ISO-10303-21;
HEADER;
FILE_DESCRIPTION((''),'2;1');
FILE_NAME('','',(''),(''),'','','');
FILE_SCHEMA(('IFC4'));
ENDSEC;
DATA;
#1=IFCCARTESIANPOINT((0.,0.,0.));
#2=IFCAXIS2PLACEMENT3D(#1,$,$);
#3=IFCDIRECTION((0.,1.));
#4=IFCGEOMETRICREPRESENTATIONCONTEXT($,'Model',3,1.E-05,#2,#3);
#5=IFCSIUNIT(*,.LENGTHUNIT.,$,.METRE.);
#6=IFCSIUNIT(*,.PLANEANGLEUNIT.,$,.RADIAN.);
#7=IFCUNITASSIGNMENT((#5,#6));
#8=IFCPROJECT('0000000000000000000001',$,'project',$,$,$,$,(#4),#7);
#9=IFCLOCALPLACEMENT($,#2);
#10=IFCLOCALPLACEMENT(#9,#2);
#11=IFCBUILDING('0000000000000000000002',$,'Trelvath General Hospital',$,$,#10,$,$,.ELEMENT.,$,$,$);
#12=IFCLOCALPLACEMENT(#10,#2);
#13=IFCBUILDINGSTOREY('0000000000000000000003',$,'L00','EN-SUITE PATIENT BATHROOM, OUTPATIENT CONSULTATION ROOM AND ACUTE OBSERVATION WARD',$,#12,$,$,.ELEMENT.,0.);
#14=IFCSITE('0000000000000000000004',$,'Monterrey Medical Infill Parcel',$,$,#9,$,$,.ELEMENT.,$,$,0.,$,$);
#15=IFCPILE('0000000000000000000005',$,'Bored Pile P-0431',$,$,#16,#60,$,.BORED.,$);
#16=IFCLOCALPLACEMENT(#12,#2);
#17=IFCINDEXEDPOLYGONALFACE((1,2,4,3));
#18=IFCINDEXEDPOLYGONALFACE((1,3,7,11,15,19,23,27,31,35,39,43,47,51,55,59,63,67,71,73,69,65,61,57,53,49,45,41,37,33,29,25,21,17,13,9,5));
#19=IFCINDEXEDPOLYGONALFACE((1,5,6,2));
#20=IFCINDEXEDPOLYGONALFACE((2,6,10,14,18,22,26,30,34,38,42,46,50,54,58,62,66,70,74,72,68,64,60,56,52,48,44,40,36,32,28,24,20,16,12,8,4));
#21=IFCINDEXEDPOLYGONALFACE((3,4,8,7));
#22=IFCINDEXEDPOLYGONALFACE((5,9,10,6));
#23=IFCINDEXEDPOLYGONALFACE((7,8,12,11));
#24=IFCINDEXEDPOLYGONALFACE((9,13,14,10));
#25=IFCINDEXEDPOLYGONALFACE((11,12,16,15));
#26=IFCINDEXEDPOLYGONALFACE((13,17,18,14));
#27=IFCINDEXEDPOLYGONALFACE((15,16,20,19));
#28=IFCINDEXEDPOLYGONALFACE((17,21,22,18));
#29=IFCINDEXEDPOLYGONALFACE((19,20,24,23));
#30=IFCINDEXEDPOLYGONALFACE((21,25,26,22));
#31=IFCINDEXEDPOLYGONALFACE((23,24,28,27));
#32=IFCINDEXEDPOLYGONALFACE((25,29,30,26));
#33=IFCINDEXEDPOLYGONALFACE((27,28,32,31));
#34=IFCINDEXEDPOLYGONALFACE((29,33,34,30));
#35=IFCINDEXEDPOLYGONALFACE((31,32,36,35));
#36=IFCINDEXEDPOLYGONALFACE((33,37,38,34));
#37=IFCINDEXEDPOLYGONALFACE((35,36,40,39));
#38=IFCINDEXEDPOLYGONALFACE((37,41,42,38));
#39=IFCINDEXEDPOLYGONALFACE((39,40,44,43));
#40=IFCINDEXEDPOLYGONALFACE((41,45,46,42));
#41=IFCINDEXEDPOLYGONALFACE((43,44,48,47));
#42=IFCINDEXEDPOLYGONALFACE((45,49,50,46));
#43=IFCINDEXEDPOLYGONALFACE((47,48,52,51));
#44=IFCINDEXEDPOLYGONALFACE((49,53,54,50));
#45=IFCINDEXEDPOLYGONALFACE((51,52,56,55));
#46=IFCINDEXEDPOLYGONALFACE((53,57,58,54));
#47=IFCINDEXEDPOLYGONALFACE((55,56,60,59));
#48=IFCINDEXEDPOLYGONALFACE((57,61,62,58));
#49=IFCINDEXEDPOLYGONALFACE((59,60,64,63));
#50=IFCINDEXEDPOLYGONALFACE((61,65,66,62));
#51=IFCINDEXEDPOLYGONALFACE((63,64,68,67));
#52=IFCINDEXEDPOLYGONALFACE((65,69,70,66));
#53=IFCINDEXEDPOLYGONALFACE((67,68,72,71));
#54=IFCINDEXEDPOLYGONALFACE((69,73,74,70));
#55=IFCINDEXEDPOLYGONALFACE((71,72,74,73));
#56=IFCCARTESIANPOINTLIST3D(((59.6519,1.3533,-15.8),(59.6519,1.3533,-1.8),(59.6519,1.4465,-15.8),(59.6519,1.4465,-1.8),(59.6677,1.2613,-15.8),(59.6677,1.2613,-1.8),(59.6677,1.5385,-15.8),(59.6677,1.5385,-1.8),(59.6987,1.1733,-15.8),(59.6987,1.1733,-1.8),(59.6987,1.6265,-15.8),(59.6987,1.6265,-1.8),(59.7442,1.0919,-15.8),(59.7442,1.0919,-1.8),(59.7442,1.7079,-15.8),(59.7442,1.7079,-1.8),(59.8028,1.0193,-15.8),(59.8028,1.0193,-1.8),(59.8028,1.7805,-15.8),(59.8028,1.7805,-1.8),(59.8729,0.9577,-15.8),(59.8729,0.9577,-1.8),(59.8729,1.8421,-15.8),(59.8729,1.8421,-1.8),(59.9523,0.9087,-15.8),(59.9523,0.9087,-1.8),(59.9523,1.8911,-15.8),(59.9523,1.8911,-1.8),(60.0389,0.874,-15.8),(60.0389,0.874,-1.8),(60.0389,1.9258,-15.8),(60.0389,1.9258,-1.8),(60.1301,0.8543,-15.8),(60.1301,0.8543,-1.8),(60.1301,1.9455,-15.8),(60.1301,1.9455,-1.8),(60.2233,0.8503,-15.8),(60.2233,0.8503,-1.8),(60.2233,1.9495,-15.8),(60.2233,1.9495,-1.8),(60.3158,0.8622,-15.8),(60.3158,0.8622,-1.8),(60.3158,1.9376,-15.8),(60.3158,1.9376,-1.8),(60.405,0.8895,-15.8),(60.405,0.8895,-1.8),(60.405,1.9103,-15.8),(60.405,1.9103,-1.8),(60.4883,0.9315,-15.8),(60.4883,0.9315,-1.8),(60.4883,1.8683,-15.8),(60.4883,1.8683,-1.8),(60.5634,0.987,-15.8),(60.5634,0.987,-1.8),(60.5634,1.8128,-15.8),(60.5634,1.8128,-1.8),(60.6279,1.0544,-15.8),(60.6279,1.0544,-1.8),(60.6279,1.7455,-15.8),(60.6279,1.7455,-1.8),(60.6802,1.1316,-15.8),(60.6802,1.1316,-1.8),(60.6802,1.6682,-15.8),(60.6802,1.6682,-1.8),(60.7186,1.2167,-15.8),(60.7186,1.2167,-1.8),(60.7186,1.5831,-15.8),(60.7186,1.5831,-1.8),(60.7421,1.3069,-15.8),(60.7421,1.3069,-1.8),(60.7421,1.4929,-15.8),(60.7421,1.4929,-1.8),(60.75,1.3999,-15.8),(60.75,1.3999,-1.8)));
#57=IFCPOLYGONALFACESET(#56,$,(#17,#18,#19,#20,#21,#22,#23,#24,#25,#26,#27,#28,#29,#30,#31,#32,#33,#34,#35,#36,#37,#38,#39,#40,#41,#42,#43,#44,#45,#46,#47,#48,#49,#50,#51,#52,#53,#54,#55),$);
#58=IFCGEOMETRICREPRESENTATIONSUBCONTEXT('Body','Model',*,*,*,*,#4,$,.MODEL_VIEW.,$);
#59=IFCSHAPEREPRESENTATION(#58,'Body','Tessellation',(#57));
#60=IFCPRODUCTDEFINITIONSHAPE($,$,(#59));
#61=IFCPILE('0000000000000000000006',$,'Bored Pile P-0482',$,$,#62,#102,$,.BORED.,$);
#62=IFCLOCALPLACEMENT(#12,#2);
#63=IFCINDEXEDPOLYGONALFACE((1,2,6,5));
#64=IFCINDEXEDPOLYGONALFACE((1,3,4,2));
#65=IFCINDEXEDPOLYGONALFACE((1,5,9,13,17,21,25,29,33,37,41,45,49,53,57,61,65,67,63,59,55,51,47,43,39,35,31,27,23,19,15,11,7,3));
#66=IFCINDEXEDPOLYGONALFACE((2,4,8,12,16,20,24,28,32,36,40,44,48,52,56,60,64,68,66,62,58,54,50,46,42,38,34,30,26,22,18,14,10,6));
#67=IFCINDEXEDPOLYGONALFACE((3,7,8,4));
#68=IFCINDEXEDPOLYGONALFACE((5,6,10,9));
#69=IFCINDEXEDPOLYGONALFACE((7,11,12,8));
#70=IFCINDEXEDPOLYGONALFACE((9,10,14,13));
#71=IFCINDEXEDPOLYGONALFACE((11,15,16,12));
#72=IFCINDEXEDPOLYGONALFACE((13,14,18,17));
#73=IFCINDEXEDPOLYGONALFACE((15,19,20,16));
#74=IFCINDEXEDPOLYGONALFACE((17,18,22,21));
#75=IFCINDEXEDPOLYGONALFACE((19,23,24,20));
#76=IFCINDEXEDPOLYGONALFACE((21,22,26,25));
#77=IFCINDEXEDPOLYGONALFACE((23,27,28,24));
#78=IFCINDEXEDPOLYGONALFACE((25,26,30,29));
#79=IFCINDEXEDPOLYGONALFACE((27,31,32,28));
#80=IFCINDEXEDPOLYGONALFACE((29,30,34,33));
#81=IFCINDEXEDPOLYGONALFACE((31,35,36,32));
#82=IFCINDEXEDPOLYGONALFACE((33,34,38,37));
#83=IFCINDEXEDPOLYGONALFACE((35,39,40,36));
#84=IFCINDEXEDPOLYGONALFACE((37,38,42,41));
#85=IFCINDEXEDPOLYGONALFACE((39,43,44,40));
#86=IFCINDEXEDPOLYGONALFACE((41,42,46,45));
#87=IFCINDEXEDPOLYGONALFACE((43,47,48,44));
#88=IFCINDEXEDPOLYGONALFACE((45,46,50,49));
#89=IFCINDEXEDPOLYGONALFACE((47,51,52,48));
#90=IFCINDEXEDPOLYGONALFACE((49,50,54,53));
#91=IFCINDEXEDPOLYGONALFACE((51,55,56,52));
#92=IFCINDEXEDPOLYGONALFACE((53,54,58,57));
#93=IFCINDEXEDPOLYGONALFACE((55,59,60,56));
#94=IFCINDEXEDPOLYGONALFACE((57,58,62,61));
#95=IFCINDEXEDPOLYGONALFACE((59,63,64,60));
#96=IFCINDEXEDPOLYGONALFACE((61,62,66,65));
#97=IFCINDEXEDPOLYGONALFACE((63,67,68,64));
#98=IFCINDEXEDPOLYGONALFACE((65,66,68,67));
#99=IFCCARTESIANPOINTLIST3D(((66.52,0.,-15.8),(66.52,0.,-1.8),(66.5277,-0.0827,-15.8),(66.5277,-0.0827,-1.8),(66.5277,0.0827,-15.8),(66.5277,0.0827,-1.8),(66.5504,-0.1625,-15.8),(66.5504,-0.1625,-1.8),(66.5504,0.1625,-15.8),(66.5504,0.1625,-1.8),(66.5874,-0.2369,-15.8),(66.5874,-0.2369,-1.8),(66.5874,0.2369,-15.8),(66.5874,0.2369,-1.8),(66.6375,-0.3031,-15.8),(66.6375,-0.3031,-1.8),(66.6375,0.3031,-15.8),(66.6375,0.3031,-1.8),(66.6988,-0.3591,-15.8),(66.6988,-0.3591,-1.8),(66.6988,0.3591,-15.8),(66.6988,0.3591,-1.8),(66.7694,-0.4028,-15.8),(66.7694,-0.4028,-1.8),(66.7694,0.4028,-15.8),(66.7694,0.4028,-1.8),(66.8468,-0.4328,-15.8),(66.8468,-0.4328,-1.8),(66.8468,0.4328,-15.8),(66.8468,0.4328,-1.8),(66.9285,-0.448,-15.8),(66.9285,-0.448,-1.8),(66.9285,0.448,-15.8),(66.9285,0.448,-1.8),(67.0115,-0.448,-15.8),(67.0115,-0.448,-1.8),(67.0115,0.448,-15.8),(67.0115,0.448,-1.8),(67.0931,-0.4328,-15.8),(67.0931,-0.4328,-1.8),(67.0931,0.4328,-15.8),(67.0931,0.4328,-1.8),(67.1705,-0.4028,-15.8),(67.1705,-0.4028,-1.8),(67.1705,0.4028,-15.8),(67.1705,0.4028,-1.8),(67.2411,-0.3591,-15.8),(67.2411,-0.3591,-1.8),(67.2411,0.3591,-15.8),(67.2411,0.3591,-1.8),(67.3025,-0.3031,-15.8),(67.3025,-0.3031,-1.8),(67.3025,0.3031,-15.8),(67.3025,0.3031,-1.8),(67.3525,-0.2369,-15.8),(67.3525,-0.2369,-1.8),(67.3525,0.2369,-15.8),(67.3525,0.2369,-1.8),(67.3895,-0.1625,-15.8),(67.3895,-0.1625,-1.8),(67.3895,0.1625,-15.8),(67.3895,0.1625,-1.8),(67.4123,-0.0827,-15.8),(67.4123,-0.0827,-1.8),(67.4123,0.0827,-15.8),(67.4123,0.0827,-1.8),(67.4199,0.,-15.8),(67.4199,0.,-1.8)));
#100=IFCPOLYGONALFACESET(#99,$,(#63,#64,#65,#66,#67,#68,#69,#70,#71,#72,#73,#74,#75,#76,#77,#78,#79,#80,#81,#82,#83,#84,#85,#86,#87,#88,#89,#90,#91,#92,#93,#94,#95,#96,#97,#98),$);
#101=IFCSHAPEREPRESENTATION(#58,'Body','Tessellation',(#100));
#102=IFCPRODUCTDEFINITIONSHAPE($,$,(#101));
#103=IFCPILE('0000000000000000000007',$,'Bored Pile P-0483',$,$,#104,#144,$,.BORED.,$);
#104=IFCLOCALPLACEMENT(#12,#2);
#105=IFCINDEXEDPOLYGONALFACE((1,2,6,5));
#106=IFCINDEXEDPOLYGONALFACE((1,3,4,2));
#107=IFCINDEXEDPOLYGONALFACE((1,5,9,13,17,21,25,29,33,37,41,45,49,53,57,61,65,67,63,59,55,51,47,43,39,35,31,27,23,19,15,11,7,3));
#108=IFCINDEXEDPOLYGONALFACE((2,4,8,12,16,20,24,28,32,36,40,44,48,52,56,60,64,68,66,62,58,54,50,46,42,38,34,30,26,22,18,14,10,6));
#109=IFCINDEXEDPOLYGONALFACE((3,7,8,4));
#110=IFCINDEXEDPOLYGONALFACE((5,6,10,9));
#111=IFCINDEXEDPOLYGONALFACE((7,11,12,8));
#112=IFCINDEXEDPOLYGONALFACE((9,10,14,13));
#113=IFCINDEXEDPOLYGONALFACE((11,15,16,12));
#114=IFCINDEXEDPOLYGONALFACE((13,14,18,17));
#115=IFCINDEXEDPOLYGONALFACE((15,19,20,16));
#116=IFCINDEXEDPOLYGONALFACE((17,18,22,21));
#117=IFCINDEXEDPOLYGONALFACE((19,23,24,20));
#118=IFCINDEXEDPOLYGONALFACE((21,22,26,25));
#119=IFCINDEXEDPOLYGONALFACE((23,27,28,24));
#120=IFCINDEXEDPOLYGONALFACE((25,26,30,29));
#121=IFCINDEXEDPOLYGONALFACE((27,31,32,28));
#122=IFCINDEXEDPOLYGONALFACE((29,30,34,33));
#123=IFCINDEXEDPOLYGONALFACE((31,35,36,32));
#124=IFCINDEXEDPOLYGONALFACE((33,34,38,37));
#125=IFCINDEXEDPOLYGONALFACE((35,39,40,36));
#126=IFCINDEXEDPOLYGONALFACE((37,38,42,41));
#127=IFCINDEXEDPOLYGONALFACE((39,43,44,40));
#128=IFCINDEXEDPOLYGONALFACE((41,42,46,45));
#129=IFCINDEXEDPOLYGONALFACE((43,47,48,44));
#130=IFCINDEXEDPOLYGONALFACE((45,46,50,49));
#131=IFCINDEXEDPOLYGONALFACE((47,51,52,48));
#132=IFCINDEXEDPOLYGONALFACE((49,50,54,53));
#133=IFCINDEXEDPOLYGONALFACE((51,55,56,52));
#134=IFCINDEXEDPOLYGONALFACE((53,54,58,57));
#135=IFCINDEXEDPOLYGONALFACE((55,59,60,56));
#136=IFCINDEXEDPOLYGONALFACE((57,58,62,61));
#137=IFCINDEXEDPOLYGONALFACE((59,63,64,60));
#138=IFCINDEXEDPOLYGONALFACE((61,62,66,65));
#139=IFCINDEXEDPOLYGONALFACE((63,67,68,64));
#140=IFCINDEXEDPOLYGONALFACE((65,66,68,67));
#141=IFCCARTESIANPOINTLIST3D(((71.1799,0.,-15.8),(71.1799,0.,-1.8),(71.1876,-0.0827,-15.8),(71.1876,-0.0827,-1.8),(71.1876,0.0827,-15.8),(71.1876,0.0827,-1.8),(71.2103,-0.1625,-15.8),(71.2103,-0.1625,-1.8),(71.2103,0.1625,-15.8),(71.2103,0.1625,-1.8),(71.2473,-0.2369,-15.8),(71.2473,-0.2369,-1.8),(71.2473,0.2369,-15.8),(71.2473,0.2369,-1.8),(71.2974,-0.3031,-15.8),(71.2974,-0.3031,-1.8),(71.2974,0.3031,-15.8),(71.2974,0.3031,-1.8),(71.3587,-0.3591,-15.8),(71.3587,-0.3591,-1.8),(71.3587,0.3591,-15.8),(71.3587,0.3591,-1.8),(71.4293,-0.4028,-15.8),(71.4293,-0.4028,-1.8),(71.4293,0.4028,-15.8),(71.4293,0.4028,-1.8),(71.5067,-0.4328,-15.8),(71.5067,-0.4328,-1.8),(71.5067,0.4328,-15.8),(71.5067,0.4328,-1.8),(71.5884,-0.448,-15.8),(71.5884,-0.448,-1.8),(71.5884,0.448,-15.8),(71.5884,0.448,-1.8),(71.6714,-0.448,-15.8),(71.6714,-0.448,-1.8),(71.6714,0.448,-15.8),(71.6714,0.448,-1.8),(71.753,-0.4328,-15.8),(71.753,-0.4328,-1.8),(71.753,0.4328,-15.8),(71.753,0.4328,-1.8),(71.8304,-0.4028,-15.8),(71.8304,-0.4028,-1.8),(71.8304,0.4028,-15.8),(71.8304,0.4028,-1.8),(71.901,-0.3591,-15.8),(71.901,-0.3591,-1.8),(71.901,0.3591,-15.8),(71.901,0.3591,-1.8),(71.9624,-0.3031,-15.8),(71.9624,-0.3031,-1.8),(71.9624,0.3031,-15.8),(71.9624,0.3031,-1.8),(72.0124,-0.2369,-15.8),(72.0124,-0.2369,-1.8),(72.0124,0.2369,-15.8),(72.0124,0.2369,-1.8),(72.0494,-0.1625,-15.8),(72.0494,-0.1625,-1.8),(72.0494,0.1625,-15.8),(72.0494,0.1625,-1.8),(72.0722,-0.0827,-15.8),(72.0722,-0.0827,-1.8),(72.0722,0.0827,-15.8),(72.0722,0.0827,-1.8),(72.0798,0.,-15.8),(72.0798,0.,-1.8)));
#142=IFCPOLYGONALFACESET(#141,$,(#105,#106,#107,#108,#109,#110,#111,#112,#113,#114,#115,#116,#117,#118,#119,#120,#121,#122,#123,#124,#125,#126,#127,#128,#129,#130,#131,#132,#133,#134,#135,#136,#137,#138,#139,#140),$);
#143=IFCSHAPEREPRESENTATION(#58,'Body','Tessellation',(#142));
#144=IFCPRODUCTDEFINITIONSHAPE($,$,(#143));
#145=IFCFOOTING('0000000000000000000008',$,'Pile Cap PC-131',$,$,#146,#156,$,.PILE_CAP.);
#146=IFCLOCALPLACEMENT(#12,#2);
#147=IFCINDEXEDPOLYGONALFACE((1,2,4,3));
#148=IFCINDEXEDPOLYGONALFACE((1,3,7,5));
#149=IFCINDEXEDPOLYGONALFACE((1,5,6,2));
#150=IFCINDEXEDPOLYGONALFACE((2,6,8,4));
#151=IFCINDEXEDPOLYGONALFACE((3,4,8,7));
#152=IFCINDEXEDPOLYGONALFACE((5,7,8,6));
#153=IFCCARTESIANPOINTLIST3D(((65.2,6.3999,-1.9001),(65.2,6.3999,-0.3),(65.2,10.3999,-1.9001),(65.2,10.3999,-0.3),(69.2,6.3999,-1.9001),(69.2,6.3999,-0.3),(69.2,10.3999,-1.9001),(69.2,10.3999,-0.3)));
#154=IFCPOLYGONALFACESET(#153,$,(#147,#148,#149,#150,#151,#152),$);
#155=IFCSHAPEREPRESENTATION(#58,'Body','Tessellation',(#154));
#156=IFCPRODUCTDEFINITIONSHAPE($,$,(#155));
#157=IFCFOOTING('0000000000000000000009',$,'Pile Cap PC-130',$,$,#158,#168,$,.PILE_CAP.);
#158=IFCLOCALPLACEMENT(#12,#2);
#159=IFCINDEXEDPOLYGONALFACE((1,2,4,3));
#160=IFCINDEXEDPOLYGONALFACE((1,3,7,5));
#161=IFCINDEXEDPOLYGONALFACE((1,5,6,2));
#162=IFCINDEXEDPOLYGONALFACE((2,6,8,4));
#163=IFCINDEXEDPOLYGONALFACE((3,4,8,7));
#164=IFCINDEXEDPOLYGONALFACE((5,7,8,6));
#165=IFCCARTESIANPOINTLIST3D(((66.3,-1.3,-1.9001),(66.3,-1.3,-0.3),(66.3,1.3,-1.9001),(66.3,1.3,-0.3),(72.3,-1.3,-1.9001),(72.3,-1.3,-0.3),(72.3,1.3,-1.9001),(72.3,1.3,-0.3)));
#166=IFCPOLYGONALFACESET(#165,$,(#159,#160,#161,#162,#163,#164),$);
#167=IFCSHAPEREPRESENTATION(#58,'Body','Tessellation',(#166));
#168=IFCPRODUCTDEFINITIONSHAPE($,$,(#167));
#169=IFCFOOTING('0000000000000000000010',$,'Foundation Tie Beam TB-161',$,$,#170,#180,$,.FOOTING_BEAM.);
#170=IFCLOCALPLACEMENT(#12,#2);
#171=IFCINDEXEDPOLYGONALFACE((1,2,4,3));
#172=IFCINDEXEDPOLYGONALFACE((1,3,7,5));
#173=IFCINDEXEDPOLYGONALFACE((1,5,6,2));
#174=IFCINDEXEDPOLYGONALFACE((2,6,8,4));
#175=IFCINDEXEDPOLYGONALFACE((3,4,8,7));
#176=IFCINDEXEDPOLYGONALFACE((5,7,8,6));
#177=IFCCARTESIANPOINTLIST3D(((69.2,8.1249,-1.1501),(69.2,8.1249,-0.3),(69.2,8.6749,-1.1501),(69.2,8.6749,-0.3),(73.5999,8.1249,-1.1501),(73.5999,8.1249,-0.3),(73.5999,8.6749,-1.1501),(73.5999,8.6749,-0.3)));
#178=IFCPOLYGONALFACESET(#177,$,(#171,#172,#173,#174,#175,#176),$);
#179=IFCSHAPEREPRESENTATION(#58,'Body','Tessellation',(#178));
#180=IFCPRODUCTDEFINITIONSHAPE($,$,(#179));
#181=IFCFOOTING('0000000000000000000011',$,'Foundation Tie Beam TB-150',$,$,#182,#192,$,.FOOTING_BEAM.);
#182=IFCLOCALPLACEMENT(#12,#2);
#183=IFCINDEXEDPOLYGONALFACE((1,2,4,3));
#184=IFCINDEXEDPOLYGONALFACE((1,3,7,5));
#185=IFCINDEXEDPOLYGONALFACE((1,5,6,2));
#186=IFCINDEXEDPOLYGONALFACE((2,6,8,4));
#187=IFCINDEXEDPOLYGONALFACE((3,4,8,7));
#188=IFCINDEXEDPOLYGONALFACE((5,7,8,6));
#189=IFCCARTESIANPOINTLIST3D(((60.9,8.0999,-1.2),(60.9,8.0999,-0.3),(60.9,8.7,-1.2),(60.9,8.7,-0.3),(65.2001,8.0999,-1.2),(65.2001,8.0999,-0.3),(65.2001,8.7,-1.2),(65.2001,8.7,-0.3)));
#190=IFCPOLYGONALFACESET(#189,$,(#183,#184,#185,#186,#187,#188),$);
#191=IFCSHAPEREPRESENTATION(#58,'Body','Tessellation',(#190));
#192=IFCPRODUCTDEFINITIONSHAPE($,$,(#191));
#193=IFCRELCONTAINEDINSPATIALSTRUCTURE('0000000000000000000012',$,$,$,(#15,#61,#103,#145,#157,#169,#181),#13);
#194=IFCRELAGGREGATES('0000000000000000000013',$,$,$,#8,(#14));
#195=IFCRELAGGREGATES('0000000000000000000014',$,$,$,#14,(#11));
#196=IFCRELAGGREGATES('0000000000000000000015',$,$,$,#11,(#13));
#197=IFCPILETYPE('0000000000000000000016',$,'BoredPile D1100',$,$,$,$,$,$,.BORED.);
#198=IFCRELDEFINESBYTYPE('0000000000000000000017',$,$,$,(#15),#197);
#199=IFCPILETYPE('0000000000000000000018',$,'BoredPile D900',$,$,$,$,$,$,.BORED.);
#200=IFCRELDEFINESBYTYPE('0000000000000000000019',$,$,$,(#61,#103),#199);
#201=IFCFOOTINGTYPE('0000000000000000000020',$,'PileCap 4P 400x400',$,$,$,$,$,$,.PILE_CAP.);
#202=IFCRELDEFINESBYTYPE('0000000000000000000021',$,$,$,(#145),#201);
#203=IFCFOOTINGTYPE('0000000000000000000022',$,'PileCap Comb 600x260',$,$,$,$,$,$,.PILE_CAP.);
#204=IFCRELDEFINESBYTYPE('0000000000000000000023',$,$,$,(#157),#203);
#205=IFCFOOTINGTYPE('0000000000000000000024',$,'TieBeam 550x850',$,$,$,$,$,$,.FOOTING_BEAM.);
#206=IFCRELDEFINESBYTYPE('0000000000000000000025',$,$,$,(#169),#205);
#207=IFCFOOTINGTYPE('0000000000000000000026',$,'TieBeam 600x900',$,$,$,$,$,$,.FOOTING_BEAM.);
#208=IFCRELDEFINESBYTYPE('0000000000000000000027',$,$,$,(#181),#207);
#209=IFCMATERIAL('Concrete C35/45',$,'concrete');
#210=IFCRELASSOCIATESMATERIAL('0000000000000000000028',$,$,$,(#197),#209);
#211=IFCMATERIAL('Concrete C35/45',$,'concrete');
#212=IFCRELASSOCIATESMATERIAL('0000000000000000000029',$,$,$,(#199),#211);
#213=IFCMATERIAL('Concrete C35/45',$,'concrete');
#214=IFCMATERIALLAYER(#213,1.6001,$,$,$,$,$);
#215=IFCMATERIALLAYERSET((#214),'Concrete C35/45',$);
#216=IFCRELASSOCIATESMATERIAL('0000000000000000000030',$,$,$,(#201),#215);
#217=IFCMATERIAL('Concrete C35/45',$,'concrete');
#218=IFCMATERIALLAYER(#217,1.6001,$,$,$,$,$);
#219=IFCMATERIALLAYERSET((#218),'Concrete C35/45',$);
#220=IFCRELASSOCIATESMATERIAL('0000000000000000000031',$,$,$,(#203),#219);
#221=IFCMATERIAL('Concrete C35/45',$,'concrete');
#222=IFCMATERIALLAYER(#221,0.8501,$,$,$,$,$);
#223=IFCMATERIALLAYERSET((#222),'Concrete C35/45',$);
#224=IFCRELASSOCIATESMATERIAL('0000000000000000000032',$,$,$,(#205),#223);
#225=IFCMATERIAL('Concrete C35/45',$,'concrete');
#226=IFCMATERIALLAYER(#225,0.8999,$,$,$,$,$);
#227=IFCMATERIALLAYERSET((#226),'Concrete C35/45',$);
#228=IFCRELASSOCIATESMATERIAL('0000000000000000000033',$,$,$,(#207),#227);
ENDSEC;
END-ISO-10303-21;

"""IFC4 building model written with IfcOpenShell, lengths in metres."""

from ifc_helpers import new_model, si_unit, direction, frame, origin, origin_2d, place, context, subcontext, project, spatial, rectangle, circle, extrude, material, layer, layer_set, material_profile, profile_set, type_object, element, save


model = new_model("IFC4")

# Units and contexts
model_context = context("Model", 3, precision=1e-05, world=origin(), true_north=direction((0.0, 1.0)))
body_context = subcontext(model_context, "Body", "Model", "MODEL_VIEW")
ifc_project = project(units=[si_unit("LENGTHUNIT", "METRE"), si_unit("PLANEANGLEUNIT", "RADIAN")], contexts=[model_context])

# Site, building, storey
site_placement = place(None, origin())
site = spatial("IfcSite", under=ifc_project, at=site_placement, Name="Monterrey Medical Infill Parcel", CompositionType="ELEMENT", RefElevation=0.0)
building_placement = place(site_placement, origin())
building = spatial("IfcBuilding", under=site, at=building_placement, Name="Trelvath General Hospital", CompositionType="ELEMENT")
storey_placement = place(building_placement, origin())
storey = spatial("IfcBuildingStorey", under=building, at=storey_placement, Name="L00", Description="EN-SUITE PATIENT BATHROOM, OUTPATIENT CONSULTATION ROOM AND ACUTE OBSERVATION WARD", CompositionType="ELEMENT", Elevation=0.0)

# Piles
ifc_material_1 = material(Name="Concrete C35/45", Category="concrete")
ifc_material_profile_1 = material_profile(ifc_material_1, circle(Radius=0.55, at=origin_2d()), Name="PILE1100")
ifc_profile_set_1 = profile_set([ifc_material_profile_1], Name="Concrete C35/45")
pile_type_1 = type_object("IfcPileType", Name="BoredPile D1100", PredefinedType="BORED", material=ifc_profile_set_1)
for number, where, z_axis, x_axis, name in (
    (1, (60.2, 1.3999, -1.8), (0.0, 0.0, -1.0), (1.0, 0.0, 0.0), "Bored Pile P-0431"),
):
    element("IfcPile", number, at=place(storey_placement, frame(where, z_axis=z_axis, x_axis=x_axis)), inside=storey, type_object=pile_type_1, Name=name, PredefinedType="BORED", context=body_context, shape_type="SweptSolid", body=[
        extrude(circle(Radius=0.55, at=origin_2d()), origin(), (0.0, 0.0, 1.0), 14.0),
    ])
ifc_material_2 = material(Name="Concrete C35/45", Category="concrete")
ifc_material_profile_2 = material_profile(ifc_material_2, circle(Radius=0.45, at=origin_2d()), Name="PILE900")
ifc_profile_set_2 = profile_set([ifc_material_profile_2], Name="Concrete C35/45")
pile_type_2 = type_object("IfcPileType", Name="BoredPile D900", PredefinedType="BORED", material=ifc_profile_set_2)
for number, where, z_axis, x_axis, name in (
    (2, (66.97, 0.0, -1.8), (0.0, 0.0, -1.0), (1.0, 0.0, 0.0), "Bored Pile P-0482"),
    (3, (71.6299, 0.0, -1.8), (0.0, 0.0, -1.0), (1.0, 0.0, 0.0), "Bored Pile P-0483"),
):
    element("IfcPile", number, at=place(storey_placement, frame(where, z_axis=z_axis, x_axis=x_axis)), inside=storey, type_object=pile_type_2, Name=name, PredefinedType="BORED", context=body_context, shape_type="SweptSolid", body=[
        extrude(circle(Radius=0.45, at=origin_2d()), origin(), (0.0, 0.0, 1.0), 14.0),
    ])

# Footings
ifc_material_3 = material(Name="Concrete C35/45", Category="concrete")
ifc_layer_1 = layer(ifc_material_3, 1.6001)
ifc_layer_set_1 = layer_set([ifc_layer_1], Name="Concrete C35/45")
footing_type_1 = type_object("IfcFootingType", Name="PileCap 4P 400x400", PredefinedType="PILE_CAP", material=ifc_layer_set_1)
footing_1_placement = place(storey_placement, frame((67.2, 8.3999, -1.9001), z_axis=(0.0, 0.0, 1.0), x_axis=(1.0, 0.0, 0.0)))
element("IfcFooting", 4, at=footing_1_placement, inside=storey, type_object=footing_type_1, Name="Pile Cap PC-131", PredefinedType="PILE_CAP", context=body_context, shape_type="SweptSolid", body=[
    extrude(rectangle(XDim=4.0, YDim=4.0, at=origin_2d()), origin(), (0.0, 0.0, 1.0), 1.6001),
])
ifc_material_4 = material(Name="Concrete C35/45", Category="concrete")
ifc_layer_2 = layer(ifc_material_4, 1.6001)
ifc_layer_set_2 = layer_set([ifc_layer_2], Name="Concrete C35/45")
footing_type_2 = type_object("IfcFootingType", Name="PileCap Comb 600x260", PredefinedType="PILE_CAP", material=ifc_layer_set_2)
footing_2_placement = place(storey_placement, frame((69.3, 0.0, -1.9001), z_axis=(0.0, 0.0, 1.0), x_axis=(1.0, 0.0, 0.0)))
element("IfcFooting", 5, at=footing_2_placement, inside=storey, type_object=footing_type_2, Name="Pile Cap PC-130", PredefinedType="PILE_CAP", context=body_context, shape_type="SweptSolid", body=[
    extrude(rectangle(XDim=6.0, YDim=2.6001, at=origin_2d()), origin(), (0.0, 0.0, 1.0), 1.6001),
])
ifc_material_5 = material(Name="Concrete C35/45", Category="concrete")
ifc_layer_3 = layer(ifc_material_5, 0.8501)
ifc_layer_set_3 = layer_set([ifc_layer_3], Name="Concrete C35/45")
footing_type_3 = type_object("IfcFootingType", Name="TieBeam 550x850", PredefinedType="FOOTING_BEAM", material=ifc_layer_set_3)
footing_3_placement = place(storey_placement, frame((71.3999, 8.3999, -1.1501), z_axis=(0.0, 0.0, 1.0), x_axis=(1.0, 0.0, 0.0)))
element("IfcFooting", 6, at=footing_3_placement, inside=storey, type_object=footing_type_3, Name="Foundation Tie Beam TB-161", PredefinedType="FOOTING_BEAM", context=body_context, shape_type="SweptSolid", body=[
    extrude(rectangle(XDim=4.3999, YDim=0.55, at=origin_2d()), origin(), (0.0, 0.0, 1.0), 0.8501),
])
ifc_material_6 = material(Name="Concrete C35/45", Category="concrete")
ifc_layer_4 = layer(ifc_material_6, 0.8999)
ifc_layer_set_4 = layer_set([ifc_layer_4], Name="Concrete C35/45")
footing_type_4 = type_object("IfcFootingType", Name="TieBeam 600x900", PredefinedType="FOOTING_BEAM", material=ifc_layer_set_4)
footing_4_placement = place(storey_placement, frame((63.05, 8.3999, -1.2), z_axis=(0.0, 0.0, 1.0), x_axis=(1.0, 0.0, 0.0)))
element("IfcFooting", 7, at=footing_4_placement, inside=storey, type_object=footing_type_4, Name="Foundation Tie Beam TB-150", PredefinedType="FOOTING_BEAM", context=body_context, shape_type="SweptSolid", body=[
    extrude(rectangle(XDim=4.3, YDim=0.6001, at=origin_2d()), origin(), (0.0, 0.0, 1.0), 0.8999),
])

save(model, "model.ifc")
